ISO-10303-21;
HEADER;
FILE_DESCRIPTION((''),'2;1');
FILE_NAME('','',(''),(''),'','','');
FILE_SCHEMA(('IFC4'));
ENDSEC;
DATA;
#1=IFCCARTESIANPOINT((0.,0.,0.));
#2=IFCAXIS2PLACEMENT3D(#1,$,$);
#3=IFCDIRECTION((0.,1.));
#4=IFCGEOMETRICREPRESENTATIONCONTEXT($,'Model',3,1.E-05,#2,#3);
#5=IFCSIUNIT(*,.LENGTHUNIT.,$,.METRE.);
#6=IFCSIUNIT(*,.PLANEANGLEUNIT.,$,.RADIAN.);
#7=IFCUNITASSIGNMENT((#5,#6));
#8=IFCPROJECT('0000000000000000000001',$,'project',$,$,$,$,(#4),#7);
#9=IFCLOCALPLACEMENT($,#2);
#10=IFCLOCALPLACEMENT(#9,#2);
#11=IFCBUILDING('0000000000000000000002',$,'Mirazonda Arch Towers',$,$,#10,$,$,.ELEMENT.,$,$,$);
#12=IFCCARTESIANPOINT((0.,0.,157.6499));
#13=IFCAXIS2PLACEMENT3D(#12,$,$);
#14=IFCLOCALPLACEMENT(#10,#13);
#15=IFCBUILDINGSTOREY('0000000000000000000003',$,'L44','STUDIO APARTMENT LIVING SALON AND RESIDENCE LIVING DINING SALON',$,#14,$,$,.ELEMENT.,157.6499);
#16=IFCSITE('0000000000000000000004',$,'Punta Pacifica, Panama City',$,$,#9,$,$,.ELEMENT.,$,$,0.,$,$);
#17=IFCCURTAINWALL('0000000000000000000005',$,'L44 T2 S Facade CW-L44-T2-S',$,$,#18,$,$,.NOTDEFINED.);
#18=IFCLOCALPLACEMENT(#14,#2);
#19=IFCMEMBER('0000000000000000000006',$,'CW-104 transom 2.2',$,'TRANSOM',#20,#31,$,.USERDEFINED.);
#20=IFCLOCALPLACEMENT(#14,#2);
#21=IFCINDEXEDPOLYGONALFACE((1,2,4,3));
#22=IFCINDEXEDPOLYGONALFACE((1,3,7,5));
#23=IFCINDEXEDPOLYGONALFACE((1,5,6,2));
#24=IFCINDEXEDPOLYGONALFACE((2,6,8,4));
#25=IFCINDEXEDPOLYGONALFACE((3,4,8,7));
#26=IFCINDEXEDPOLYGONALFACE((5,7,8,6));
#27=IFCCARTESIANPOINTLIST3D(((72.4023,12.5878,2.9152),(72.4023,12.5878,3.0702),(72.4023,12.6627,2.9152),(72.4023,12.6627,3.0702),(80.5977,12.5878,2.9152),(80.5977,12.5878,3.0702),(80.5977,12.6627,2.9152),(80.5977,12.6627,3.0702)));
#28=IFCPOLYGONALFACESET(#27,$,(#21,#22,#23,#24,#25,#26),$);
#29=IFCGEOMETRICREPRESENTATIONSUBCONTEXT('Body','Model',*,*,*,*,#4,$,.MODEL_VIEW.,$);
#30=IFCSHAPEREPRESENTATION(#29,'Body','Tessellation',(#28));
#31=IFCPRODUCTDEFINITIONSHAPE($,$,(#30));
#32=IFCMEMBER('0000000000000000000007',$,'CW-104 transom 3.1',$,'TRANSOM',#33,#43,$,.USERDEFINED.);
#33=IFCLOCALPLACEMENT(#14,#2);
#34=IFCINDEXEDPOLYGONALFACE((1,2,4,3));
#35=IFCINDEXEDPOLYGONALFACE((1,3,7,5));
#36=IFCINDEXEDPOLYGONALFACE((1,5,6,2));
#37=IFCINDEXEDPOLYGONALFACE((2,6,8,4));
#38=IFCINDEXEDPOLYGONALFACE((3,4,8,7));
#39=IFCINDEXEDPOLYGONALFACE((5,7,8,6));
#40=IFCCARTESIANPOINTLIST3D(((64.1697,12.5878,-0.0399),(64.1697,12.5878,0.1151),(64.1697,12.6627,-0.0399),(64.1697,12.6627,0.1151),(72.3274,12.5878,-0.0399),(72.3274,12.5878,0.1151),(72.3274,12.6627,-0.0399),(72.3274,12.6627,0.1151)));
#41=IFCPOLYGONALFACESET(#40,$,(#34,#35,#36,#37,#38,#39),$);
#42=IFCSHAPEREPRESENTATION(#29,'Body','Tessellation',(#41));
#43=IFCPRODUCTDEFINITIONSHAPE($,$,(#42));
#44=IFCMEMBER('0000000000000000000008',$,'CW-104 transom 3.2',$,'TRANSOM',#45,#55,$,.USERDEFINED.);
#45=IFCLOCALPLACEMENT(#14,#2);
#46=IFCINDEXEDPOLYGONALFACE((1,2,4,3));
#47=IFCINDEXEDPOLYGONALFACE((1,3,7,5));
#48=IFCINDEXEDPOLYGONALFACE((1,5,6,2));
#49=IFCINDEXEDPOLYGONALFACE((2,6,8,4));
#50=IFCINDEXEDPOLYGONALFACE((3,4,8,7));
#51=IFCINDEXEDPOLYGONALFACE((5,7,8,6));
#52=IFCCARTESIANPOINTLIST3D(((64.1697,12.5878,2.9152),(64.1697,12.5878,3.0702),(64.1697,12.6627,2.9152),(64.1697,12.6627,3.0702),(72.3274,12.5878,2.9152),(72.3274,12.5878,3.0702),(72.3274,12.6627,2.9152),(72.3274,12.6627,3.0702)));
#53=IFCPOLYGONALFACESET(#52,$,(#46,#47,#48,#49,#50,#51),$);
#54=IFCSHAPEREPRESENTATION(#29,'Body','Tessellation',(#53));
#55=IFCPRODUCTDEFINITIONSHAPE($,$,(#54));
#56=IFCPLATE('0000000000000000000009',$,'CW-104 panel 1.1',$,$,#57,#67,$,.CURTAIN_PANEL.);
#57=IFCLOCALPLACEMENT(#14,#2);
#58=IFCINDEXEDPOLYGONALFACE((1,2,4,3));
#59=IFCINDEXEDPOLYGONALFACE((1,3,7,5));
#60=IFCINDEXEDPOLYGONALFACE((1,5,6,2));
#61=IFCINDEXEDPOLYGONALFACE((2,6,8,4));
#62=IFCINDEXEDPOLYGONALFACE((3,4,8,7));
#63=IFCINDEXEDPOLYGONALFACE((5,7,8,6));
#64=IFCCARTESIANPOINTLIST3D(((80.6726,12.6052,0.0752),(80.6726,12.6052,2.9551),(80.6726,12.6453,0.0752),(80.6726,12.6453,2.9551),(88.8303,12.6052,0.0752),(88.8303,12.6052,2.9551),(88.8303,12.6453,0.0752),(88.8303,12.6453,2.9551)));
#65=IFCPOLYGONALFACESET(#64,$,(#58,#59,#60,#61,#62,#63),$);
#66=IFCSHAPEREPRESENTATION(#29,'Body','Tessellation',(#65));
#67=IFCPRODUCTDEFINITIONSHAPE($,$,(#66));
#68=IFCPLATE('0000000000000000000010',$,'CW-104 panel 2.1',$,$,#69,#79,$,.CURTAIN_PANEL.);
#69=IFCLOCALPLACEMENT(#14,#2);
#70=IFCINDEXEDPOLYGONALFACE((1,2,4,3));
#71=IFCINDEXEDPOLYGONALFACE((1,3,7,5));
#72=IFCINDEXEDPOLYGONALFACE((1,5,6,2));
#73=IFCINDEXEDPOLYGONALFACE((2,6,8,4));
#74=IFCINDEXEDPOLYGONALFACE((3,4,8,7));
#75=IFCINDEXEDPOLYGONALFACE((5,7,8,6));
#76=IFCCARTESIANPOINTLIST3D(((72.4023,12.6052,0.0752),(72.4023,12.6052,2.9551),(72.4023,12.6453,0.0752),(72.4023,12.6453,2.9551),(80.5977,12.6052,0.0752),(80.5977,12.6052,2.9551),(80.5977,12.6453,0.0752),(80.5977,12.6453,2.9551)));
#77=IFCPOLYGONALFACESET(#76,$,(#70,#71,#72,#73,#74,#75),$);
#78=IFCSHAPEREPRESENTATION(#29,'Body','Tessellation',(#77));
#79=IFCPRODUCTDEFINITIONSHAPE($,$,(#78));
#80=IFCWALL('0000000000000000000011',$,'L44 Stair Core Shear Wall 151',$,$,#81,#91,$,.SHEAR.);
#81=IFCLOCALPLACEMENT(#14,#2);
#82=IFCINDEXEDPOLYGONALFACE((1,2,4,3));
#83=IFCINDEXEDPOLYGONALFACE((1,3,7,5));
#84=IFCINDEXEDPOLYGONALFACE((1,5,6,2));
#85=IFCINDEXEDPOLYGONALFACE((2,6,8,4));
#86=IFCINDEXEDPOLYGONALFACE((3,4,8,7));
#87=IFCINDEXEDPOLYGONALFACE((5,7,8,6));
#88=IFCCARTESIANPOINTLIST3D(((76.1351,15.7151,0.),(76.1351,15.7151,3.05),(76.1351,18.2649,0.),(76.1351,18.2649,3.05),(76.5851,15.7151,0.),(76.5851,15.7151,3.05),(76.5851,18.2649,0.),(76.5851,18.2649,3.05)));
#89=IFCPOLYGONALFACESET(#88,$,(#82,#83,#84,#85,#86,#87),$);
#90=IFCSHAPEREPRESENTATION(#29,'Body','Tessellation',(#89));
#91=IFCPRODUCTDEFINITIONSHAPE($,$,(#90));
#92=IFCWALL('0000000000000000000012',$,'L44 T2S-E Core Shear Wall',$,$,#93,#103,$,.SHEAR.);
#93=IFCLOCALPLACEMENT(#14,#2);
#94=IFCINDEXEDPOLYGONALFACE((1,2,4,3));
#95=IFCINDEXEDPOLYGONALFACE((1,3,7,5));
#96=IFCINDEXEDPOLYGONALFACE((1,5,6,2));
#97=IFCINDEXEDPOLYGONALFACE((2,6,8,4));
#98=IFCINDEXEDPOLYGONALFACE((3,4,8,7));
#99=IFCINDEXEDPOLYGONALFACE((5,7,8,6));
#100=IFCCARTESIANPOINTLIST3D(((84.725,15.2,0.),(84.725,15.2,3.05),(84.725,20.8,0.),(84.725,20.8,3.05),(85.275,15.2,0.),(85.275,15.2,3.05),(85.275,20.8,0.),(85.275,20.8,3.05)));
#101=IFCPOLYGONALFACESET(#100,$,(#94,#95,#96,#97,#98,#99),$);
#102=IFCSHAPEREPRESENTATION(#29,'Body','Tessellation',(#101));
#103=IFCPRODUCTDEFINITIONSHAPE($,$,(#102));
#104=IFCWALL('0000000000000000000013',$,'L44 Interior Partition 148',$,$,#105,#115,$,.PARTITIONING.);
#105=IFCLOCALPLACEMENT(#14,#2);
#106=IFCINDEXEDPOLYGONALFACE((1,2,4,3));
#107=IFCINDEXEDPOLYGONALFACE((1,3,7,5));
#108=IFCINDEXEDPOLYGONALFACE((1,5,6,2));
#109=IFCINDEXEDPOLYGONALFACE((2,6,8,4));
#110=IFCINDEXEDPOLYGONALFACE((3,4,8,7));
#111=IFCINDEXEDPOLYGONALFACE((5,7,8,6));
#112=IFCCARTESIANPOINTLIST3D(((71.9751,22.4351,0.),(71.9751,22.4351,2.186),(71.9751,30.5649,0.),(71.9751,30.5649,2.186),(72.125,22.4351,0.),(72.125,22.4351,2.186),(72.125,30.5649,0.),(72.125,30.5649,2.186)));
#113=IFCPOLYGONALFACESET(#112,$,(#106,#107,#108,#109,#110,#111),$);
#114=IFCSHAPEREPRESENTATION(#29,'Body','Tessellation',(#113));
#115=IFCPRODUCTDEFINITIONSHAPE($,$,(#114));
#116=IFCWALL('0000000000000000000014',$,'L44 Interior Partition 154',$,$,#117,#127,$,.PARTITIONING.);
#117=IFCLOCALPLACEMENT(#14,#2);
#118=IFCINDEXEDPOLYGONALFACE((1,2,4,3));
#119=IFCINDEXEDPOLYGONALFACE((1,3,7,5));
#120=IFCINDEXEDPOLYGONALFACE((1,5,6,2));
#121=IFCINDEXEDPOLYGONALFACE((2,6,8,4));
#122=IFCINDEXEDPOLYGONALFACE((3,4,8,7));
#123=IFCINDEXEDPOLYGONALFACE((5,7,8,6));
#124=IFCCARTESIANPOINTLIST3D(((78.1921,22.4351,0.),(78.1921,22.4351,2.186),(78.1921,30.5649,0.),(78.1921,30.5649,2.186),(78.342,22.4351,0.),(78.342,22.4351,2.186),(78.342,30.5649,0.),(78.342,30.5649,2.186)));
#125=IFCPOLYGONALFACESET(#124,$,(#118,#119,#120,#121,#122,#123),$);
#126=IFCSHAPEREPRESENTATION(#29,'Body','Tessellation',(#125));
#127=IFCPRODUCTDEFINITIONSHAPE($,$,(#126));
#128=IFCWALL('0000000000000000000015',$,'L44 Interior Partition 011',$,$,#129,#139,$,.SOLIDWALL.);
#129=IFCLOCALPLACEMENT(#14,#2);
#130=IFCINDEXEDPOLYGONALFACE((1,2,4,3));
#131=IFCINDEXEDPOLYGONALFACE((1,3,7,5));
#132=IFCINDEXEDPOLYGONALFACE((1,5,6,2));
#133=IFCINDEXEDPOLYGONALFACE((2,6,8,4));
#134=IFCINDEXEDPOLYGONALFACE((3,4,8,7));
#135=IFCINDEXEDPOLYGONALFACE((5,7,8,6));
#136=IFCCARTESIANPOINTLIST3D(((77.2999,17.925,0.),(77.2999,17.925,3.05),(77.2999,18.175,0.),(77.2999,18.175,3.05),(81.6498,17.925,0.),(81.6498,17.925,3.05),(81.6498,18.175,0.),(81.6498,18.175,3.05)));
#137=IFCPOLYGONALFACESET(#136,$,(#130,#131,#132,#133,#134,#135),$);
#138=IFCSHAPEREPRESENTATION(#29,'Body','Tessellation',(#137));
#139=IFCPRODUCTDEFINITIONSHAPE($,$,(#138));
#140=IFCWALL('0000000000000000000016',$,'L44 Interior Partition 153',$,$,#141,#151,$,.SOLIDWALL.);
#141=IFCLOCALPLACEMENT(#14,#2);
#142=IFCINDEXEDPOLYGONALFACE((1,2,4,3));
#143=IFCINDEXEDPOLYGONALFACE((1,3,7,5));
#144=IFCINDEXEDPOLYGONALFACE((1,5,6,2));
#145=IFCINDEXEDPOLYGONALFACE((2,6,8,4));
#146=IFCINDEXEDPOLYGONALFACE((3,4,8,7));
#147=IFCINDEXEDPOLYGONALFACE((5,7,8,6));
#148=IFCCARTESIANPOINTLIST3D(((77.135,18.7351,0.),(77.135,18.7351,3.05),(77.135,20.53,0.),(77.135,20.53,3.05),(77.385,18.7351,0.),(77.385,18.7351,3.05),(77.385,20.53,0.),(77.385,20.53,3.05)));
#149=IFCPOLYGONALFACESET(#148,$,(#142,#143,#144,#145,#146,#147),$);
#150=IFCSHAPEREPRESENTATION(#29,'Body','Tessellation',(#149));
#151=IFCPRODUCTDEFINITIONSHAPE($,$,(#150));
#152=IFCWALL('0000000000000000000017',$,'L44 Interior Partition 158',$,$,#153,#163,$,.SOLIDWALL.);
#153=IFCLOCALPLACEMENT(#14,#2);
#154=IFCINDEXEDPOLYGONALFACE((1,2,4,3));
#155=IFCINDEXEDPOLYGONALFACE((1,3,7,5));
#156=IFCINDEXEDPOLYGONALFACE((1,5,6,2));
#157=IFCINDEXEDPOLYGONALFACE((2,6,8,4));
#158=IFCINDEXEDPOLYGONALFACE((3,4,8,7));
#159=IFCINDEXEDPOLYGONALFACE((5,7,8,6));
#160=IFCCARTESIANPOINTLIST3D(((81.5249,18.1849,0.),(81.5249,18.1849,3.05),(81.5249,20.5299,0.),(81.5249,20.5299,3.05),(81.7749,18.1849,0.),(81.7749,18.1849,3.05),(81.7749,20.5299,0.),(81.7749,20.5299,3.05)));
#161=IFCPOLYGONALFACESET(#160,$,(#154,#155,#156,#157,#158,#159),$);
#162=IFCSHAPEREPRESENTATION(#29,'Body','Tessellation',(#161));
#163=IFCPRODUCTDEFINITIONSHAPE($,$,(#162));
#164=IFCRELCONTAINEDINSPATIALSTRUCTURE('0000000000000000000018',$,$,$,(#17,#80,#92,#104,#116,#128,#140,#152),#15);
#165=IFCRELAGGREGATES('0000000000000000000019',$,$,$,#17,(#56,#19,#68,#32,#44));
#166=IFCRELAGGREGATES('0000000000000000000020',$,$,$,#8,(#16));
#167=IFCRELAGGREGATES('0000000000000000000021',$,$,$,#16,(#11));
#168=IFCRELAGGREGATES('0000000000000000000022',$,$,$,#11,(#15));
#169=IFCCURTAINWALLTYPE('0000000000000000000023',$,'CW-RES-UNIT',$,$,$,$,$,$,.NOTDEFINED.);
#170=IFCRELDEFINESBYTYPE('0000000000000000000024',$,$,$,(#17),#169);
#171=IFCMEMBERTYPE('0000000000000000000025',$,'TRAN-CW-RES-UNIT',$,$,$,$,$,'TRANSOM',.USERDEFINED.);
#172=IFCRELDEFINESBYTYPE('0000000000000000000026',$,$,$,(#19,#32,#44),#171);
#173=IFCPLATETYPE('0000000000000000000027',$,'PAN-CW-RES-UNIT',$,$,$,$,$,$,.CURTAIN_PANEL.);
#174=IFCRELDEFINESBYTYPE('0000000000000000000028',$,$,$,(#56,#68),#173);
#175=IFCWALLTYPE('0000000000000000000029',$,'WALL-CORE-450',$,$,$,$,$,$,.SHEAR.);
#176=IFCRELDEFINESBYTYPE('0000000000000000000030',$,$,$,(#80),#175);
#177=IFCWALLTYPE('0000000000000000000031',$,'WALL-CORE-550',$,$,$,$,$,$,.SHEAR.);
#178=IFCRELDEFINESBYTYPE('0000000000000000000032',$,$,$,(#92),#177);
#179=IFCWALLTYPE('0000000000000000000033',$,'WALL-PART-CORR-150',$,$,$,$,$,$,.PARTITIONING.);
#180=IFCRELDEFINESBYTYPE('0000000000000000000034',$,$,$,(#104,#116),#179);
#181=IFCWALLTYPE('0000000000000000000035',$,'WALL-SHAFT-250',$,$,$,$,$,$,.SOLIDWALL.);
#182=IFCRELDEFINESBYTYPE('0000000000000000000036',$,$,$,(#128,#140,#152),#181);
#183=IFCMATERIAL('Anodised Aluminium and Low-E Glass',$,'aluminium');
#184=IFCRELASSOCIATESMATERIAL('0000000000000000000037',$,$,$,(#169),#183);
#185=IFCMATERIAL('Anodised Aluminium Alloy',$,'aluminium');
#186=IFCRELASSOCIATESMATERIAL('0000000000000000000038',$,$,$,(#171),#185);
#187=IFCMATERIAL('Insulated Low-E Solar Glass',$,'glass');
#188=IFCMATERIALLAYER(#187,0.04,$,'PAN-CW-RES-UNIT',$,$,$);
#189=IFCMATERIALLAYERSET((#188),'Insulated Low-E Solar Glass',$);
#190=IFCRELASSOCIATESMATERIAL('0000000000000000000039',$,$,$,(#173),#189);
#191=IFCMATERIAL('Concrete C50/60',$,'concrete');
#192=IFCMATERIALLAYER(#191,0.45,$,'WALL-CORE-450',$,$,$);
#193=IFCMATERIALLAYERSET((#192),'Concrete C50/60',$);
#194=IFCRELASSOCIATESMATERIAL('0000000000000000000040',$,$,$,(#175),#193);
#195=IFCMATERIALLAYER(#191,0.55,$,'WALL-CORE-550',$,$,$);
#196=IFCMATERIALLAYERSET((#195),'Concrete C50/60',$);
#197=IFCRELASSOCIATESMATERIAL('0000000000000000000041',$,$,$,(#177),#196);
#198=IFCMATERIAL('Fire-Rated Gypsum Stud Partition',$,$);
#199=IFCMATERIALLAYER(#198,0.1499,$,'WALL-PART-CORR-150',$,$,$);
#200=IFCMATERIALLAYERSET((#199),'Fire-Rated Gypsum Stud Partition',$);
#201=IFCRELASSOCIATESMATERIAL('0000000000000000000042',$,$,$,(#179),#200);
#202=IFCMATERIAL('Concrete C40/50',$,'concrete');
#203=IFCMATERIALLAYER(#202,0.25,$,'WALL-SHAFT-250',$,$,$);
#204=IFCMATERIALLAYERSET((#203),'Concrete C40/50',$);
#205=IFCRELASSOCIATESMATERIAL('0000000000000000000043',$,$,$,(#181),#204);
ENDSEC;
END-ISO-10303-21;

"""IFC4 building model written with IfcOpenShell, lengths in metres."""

from ifc_helpers import new_model, si_unit, direction, frame, frame_2d, origin, origin_2d, place, context, subcontext, project, spatial, rectangle, extrude, material, layer, layer_set, material_profile, profile_set, type_object, element, aggregate, save


model = new_model("IFC4")

# Units and contexts
model_context = context("Model", 3, precision=1e-05, world=origin(), true_north=direction((0.0, 1.0)))
body_context = subcontext(model_context, "Body", "Model", "MODEL_VIEW")
ifc_project = project(units=[si_unit("LENGTHUNIT", "METRE"), si_unit("PLANEANGLEUNIT", "RADIAN")], contexts=[model_context])

# Site, building, storey
site_placement = place(None, origin())
site = spatial("IfcSite", under=ifc_project, at=site_placement, Name="Punta Pacifica, Panama City", CompositionType="ELEMENT", RefElevation=0.0)
building_placement = place(site_placement, origin())
building = spatial("IfcBuilding", under=site, at=building_placement, Name="Mirazonda Arch Towers", CompositionType="ELEMENT")
storey_placement = place(building_placement, frame((0.0, 0.0, 157.6499)))
storey = spatial("IfcBuildingStorey", under=building, at=storey_placement, Name="L44", Description="STUDIO APARTMENT LIVING SALON AND RESIDENCE LIVING DINING SALON", CompositionType="ELEMENT", Elevation=157.6499)

# Shared definitions
ifc_material_1 = material(Name="Concrete C50/60", Category="concrete")

# Curtain wall, members, plates
ifc_material_2 = material(Name="Anodised Aluminium and Low-E Glass", Category="aluminium")
curtain_wall_type = type_object("IfcCurtainWallType", Name="CW-RES-UNIT", PredefinedType="NOTDEFINED", material=ifc_material_2)
curtain_wall_placement = place(storey_placement, origin())
curtain_wall = element("IfcCurtainWall", 1, at=curtain_wall_placement, inside=storey, type_object=curtain_wall_type, Name="L44 T2 S Facade CW-L44-T2-S", PredefinedType="NOTDEFINED")
ifc_material_3 = material(Name="Anodised Aluminium Alloy", Category="aluminium")
ifc_material_profile_1 = material_profile(ifc_material_3, rectangle(XDim=0.075, YDim=0.155, at=origin_2d()), Name="ALU-TRAN-75x155")
ifc_profile_set_1 = profile_set([ifc_material_profile_1], Name="Anodised Aluminium Alloy")
member_type_1 = type_object("IfcMemberType", Name="TRAN-CW-RES-UNIT", ElementType="TRANSOM", PredefinedType="USERDEFINED", material=ifc_profile_set_1)
member_1_placement = place(storey_placement, frame((80.5977, 12.6252, 2.9927), z_axis=(-1.0, 0.0, 0.0), x_axis=(0.0, -1.0, 0.0)))
member_1 = element("IfcMember", 2, at=member_1_placement, type_object=member_type_1, Name="CW-104 transom 2.2", ObjectType="TRANSOM", PredefinedType="USERDEFINED", context=body_context, shape_type="SweptSolid", body=[
    extrude(rectangle(XDim=0.075, YDim=0.155, at=origin_2d()), origin(), (0.0, 0.0, 1.0), 8.1953),
])
member_2_placement = place(storey_placement, frame((72.3274, 12.6252, 0.0376), z_axis=(-1.0, 0.0, 0.0), x_axis=(0.0, -1.0, 0.0)))
member_2 = element("IfcMember", 3, at=member_2_placement, type_object=member_type_1, Name="CW-104 transom 3.1", ObjectType="TRANSOM", PredefinedType="USERDEFINED", context=body_context, shape_type="SweptSolid", body=[
    extrude(rectangle(XDim=0.075, YDim=0.155, at=origin_2d()), origin(), (0.0, 0.0, 1.0), 8.1577),
])
member_3_placement = place(storey_placement, frame((72.3274, 12.6252, 2.9927), z_axis=(-1.0, 0.0, 0.0), x_axis=(0.0, -1.0, 0.0)))
member_3 = element("IfcMember", 4, at=member_3_placement, type_object=member_type_1, Name="CW-104 transom 3.2", ObjectType="TRANSOM", PredefinedType="USERDEFINED", context=body_context, shape_type="SweptSolid", body=[
    extrude(rectangle(XDim=0.075, YDim=0.155, at=origin_2d()), origin(), (0.0, 0.0, 1.0), 8.1577),
])
ifc_material_4 = material(Name="Insulated Low-E Solar Glass", Category="glass")
ifc_layer_1 = layer(ifc_material_4, 0.04, Name="PAN-CW-RES-UNIT")
ifc_layer_set_1 = layer_set([ifc_layer_1], Name="Insulated Low-E Solar Glass")
plate_type = type_object("IfcPlateType", Name="PAN-CW-RES-UNIT", PredefinedType="CURTAIN_PANEL", material=ifc_layer_set_1)
plate_1_placement = place(storey_placement, frame((84.7515, 12.6252, 0.0752), z_axis=(0.0, 0.0, 1.0), x_axis=(-1.0, 0.0, 0.0)))
plate_1 = element("IfcPlate", 5, at=plate_1_placement, type_object=plate_type, Name="CW-104 panel 1.1", PredefinedType="CURTAIN_PANEL", context=body_context, shape_type="SweptSolid", body=[
    extrude(rectangle(XDim=8.1577, YDim=0.04, at=origin_2d()), origin(), (0.0, 0.0, 1.0), 2.8799),
])
plate_2_placement = place(storey_placement, frame((76.5, 12.6252, 0.0752), z_axis=(0.0, 0.0, 1.0), x_axis=(-1.0, 0.0, 0.0)))
plate_2 = element("IfcPlate", 6, at=plate_2_placement, type_object=plate_type, Name="CW-104 panel 2.1", PredefinedType="CURTAIN_PANEL", context=body_context, shape_type="SweptSolid", body=[
    extrude(rectangle(XDim=8.1953, YDim=0.04, at=origin_2d()), origin(), (0.0, 0.0, 1.0), 2.8799),
])
aggregate(curtain_wall, [plate_1, member_1, plate_2, member_2, member_3])

# Walls
ifc_layer_2 = layer(ifc_material_1, 0.45, Name="WALL-CORE-450")
ifc_layer_set_2 = layer_set([ifc_layer_2], Name="Concrete C50/60")
wall_type_1 = type_object("IfcWallType", Name="WALL-CORE-450", PredefinedType="SHEAR", material=ifc_layer_set_2)
wall_1_placement = place(storey_placement, frame((76.3601, 15.7151, 0.0), z_axis=(0.0, 0.0, 1.0), x_axis=(0.0, 1.0, 0.0)))
element("IfcWall", 7, at=wall_1_placement, inside=storey, type_object=wall_type_1, Name="L44 Stair Core Shear Wall 151", PredefinedType="SHEAR", context=body_context, shape_type="SweptSolid", body=[
    extrude(rectangle(XDim=2.5498, YDim=0.45, at=frame_2d((1.2749, 0.0))), origin(), (0.0, 0.0, 1.0), 3.05),
])
ifc_layer_3 = layer(ifc_material_1, 0.55, Name="WALL-CORE-550")
ifc_layer_set_3 = layer_set([ifc_layer_3], Name="Concrete C50/60")
wall_type_2 = type_object("IfcWallType", Name="WALL-CORE-550", PredefinedType="SHEAR", material=ifc_layer_set_3)
wall_2_placement = place(storey_placement, frame((85.0, 15.2, 0.0), z_axis=(0.0, 0.0, 1.0), x_axis=(0.0, 1.0, 0.0)))
element("IfcWall", 8, at=wall_2_placement, inside=storey, type_object=wall_type_2, Name="L44 T2S-E Core Shear Wall", PredefinedType="SHEAR", context=body_context, shape_type="SweptSolid", body=[
    extrude(rectangle(XDim=5.6001, YDim=0.55, at=frame_2d((2.8, 0.0))), origin(), (0.0, 0.0, 1.0), 3.05),
])
ifc_material_5 = material(Name="Fire-Rated Gypsum Stud Partition")
ifc_layer_4 = layer(ifc_material_5, 0.1499, Name="WALL-PART-CORR-150")
ifc_layer_set_4 = layer_set([ifc_layer_4], Name="Fire-Rated Gypsum Stud Partition")
wall_type_3 = type_object("IfcWallType", Name="WALL-PART-CORR-150", PredefinedType="PARTITIONING", material=ifc_layer_set_4)
for number, where, z_axis, x_axis, name in (
    (9, (72.05, 22.4351, 0.0), (0.0, 0.0, 1.0), (0.0, 1.0, 0.0), "L44 Interior Partition 148"),
    (10, (78.2671, 22.4351, 0.0), (0.0, 0.0, 1.0), (0.0, 1.0, 0.0), "L44 Interior Partition 154"),
):
    element("IfcWall", number, at=place(storey_placement, frame(where, z_axis=z_axis, x_axis=x_axis)), inside=storey, type_object=wall_type_3, Name=name, PredefinedType="PARTITIONING", context=body_context, shape_type="SweptSolid", body=[
        extrude(rectangle(XDim=8.1299, YDim=0.1499, at=frame_2d((4.0649, 0.0))), origin(), (0.0, 0.0, 1.0), 2.186),
    ])
ifc_material_6 = material(Name="Concrete C40/50", Category="concrete")
ifc_layer_5 = layer(ifc_material_6, 0.25, Name="WALL-SHAFT-250")
ifc_layer_set_5 = layer_set([ifc_layer_5], Name="Concrete C40/50")
wall_type_4 = type_object("IfcWallType", Name="WALL-SHAFT-250", PredefinedType="SOLIDWALL", material=ifc_layer_set_5)
wall_3_placement = place(storey_placement, frame((77.3, 18.05, 0.0), z_axis=(0.0, 0.0, 1.0), x_axis=(1.0, 0.0, 0.0)))
element("IfcWall", 11, at=wall_3_placement, inside=storey, type_object=wall_type_4, Name="L44 Interior Partition 011", PredefinedType="SOLIDWALL", context=body_context, shape_type="SweptSolid", body=[
    extrude(rectangle(XDim=4.3499, YDim=0.25, at=frame_2d((2.1748, 0.0))), origin(), (0.0, 0.0, 1.0), 3.05),
])
wall_4_placement = place(storey_placement, frame((77.26, 18.7351, 0.0), z_axis=(0.0, 0.0, 1.0), x_axis=(0.0, 1.0, 0.0)))
element("IfcWall", 12, at=wall_4_placement, inside=storey, type_object=wall_type_4, Name="L44 Interior Partition 153", PredefinedType="SOLIDWALL", context=body_context, shape_type="SweptSolid", body=[
    extrude(rectangle(XDim=1.7949, YDim=0.25, at=frame_2d((0.8975, 0.0))), origin(), (0.0, 0.0, 1.0), 3.05),
])
wall_5_placement = place(storey_placement, frame((81.6499, 18.1851, 0.0), z_axis=(0.0, 0.0, 1.0), x_axis=(0.0, 1.0, 0.0)))
element("IfcWall", 13, at=wall_5_placement, inside=storey, type_object=wall_type_4, Name="L44 Interior Partition 158", PredefinedType="SOLIDWALL", context=body_context, shape_type="SweptSolid", body=[
    extrude(rectangle(XDim=2.345, YDim=0.25, at=frame_2d((1.1724, 0.0))), origin(), (0.0, 0.0, 1.0), 3.05),
])

save(model, "model.ifc")
